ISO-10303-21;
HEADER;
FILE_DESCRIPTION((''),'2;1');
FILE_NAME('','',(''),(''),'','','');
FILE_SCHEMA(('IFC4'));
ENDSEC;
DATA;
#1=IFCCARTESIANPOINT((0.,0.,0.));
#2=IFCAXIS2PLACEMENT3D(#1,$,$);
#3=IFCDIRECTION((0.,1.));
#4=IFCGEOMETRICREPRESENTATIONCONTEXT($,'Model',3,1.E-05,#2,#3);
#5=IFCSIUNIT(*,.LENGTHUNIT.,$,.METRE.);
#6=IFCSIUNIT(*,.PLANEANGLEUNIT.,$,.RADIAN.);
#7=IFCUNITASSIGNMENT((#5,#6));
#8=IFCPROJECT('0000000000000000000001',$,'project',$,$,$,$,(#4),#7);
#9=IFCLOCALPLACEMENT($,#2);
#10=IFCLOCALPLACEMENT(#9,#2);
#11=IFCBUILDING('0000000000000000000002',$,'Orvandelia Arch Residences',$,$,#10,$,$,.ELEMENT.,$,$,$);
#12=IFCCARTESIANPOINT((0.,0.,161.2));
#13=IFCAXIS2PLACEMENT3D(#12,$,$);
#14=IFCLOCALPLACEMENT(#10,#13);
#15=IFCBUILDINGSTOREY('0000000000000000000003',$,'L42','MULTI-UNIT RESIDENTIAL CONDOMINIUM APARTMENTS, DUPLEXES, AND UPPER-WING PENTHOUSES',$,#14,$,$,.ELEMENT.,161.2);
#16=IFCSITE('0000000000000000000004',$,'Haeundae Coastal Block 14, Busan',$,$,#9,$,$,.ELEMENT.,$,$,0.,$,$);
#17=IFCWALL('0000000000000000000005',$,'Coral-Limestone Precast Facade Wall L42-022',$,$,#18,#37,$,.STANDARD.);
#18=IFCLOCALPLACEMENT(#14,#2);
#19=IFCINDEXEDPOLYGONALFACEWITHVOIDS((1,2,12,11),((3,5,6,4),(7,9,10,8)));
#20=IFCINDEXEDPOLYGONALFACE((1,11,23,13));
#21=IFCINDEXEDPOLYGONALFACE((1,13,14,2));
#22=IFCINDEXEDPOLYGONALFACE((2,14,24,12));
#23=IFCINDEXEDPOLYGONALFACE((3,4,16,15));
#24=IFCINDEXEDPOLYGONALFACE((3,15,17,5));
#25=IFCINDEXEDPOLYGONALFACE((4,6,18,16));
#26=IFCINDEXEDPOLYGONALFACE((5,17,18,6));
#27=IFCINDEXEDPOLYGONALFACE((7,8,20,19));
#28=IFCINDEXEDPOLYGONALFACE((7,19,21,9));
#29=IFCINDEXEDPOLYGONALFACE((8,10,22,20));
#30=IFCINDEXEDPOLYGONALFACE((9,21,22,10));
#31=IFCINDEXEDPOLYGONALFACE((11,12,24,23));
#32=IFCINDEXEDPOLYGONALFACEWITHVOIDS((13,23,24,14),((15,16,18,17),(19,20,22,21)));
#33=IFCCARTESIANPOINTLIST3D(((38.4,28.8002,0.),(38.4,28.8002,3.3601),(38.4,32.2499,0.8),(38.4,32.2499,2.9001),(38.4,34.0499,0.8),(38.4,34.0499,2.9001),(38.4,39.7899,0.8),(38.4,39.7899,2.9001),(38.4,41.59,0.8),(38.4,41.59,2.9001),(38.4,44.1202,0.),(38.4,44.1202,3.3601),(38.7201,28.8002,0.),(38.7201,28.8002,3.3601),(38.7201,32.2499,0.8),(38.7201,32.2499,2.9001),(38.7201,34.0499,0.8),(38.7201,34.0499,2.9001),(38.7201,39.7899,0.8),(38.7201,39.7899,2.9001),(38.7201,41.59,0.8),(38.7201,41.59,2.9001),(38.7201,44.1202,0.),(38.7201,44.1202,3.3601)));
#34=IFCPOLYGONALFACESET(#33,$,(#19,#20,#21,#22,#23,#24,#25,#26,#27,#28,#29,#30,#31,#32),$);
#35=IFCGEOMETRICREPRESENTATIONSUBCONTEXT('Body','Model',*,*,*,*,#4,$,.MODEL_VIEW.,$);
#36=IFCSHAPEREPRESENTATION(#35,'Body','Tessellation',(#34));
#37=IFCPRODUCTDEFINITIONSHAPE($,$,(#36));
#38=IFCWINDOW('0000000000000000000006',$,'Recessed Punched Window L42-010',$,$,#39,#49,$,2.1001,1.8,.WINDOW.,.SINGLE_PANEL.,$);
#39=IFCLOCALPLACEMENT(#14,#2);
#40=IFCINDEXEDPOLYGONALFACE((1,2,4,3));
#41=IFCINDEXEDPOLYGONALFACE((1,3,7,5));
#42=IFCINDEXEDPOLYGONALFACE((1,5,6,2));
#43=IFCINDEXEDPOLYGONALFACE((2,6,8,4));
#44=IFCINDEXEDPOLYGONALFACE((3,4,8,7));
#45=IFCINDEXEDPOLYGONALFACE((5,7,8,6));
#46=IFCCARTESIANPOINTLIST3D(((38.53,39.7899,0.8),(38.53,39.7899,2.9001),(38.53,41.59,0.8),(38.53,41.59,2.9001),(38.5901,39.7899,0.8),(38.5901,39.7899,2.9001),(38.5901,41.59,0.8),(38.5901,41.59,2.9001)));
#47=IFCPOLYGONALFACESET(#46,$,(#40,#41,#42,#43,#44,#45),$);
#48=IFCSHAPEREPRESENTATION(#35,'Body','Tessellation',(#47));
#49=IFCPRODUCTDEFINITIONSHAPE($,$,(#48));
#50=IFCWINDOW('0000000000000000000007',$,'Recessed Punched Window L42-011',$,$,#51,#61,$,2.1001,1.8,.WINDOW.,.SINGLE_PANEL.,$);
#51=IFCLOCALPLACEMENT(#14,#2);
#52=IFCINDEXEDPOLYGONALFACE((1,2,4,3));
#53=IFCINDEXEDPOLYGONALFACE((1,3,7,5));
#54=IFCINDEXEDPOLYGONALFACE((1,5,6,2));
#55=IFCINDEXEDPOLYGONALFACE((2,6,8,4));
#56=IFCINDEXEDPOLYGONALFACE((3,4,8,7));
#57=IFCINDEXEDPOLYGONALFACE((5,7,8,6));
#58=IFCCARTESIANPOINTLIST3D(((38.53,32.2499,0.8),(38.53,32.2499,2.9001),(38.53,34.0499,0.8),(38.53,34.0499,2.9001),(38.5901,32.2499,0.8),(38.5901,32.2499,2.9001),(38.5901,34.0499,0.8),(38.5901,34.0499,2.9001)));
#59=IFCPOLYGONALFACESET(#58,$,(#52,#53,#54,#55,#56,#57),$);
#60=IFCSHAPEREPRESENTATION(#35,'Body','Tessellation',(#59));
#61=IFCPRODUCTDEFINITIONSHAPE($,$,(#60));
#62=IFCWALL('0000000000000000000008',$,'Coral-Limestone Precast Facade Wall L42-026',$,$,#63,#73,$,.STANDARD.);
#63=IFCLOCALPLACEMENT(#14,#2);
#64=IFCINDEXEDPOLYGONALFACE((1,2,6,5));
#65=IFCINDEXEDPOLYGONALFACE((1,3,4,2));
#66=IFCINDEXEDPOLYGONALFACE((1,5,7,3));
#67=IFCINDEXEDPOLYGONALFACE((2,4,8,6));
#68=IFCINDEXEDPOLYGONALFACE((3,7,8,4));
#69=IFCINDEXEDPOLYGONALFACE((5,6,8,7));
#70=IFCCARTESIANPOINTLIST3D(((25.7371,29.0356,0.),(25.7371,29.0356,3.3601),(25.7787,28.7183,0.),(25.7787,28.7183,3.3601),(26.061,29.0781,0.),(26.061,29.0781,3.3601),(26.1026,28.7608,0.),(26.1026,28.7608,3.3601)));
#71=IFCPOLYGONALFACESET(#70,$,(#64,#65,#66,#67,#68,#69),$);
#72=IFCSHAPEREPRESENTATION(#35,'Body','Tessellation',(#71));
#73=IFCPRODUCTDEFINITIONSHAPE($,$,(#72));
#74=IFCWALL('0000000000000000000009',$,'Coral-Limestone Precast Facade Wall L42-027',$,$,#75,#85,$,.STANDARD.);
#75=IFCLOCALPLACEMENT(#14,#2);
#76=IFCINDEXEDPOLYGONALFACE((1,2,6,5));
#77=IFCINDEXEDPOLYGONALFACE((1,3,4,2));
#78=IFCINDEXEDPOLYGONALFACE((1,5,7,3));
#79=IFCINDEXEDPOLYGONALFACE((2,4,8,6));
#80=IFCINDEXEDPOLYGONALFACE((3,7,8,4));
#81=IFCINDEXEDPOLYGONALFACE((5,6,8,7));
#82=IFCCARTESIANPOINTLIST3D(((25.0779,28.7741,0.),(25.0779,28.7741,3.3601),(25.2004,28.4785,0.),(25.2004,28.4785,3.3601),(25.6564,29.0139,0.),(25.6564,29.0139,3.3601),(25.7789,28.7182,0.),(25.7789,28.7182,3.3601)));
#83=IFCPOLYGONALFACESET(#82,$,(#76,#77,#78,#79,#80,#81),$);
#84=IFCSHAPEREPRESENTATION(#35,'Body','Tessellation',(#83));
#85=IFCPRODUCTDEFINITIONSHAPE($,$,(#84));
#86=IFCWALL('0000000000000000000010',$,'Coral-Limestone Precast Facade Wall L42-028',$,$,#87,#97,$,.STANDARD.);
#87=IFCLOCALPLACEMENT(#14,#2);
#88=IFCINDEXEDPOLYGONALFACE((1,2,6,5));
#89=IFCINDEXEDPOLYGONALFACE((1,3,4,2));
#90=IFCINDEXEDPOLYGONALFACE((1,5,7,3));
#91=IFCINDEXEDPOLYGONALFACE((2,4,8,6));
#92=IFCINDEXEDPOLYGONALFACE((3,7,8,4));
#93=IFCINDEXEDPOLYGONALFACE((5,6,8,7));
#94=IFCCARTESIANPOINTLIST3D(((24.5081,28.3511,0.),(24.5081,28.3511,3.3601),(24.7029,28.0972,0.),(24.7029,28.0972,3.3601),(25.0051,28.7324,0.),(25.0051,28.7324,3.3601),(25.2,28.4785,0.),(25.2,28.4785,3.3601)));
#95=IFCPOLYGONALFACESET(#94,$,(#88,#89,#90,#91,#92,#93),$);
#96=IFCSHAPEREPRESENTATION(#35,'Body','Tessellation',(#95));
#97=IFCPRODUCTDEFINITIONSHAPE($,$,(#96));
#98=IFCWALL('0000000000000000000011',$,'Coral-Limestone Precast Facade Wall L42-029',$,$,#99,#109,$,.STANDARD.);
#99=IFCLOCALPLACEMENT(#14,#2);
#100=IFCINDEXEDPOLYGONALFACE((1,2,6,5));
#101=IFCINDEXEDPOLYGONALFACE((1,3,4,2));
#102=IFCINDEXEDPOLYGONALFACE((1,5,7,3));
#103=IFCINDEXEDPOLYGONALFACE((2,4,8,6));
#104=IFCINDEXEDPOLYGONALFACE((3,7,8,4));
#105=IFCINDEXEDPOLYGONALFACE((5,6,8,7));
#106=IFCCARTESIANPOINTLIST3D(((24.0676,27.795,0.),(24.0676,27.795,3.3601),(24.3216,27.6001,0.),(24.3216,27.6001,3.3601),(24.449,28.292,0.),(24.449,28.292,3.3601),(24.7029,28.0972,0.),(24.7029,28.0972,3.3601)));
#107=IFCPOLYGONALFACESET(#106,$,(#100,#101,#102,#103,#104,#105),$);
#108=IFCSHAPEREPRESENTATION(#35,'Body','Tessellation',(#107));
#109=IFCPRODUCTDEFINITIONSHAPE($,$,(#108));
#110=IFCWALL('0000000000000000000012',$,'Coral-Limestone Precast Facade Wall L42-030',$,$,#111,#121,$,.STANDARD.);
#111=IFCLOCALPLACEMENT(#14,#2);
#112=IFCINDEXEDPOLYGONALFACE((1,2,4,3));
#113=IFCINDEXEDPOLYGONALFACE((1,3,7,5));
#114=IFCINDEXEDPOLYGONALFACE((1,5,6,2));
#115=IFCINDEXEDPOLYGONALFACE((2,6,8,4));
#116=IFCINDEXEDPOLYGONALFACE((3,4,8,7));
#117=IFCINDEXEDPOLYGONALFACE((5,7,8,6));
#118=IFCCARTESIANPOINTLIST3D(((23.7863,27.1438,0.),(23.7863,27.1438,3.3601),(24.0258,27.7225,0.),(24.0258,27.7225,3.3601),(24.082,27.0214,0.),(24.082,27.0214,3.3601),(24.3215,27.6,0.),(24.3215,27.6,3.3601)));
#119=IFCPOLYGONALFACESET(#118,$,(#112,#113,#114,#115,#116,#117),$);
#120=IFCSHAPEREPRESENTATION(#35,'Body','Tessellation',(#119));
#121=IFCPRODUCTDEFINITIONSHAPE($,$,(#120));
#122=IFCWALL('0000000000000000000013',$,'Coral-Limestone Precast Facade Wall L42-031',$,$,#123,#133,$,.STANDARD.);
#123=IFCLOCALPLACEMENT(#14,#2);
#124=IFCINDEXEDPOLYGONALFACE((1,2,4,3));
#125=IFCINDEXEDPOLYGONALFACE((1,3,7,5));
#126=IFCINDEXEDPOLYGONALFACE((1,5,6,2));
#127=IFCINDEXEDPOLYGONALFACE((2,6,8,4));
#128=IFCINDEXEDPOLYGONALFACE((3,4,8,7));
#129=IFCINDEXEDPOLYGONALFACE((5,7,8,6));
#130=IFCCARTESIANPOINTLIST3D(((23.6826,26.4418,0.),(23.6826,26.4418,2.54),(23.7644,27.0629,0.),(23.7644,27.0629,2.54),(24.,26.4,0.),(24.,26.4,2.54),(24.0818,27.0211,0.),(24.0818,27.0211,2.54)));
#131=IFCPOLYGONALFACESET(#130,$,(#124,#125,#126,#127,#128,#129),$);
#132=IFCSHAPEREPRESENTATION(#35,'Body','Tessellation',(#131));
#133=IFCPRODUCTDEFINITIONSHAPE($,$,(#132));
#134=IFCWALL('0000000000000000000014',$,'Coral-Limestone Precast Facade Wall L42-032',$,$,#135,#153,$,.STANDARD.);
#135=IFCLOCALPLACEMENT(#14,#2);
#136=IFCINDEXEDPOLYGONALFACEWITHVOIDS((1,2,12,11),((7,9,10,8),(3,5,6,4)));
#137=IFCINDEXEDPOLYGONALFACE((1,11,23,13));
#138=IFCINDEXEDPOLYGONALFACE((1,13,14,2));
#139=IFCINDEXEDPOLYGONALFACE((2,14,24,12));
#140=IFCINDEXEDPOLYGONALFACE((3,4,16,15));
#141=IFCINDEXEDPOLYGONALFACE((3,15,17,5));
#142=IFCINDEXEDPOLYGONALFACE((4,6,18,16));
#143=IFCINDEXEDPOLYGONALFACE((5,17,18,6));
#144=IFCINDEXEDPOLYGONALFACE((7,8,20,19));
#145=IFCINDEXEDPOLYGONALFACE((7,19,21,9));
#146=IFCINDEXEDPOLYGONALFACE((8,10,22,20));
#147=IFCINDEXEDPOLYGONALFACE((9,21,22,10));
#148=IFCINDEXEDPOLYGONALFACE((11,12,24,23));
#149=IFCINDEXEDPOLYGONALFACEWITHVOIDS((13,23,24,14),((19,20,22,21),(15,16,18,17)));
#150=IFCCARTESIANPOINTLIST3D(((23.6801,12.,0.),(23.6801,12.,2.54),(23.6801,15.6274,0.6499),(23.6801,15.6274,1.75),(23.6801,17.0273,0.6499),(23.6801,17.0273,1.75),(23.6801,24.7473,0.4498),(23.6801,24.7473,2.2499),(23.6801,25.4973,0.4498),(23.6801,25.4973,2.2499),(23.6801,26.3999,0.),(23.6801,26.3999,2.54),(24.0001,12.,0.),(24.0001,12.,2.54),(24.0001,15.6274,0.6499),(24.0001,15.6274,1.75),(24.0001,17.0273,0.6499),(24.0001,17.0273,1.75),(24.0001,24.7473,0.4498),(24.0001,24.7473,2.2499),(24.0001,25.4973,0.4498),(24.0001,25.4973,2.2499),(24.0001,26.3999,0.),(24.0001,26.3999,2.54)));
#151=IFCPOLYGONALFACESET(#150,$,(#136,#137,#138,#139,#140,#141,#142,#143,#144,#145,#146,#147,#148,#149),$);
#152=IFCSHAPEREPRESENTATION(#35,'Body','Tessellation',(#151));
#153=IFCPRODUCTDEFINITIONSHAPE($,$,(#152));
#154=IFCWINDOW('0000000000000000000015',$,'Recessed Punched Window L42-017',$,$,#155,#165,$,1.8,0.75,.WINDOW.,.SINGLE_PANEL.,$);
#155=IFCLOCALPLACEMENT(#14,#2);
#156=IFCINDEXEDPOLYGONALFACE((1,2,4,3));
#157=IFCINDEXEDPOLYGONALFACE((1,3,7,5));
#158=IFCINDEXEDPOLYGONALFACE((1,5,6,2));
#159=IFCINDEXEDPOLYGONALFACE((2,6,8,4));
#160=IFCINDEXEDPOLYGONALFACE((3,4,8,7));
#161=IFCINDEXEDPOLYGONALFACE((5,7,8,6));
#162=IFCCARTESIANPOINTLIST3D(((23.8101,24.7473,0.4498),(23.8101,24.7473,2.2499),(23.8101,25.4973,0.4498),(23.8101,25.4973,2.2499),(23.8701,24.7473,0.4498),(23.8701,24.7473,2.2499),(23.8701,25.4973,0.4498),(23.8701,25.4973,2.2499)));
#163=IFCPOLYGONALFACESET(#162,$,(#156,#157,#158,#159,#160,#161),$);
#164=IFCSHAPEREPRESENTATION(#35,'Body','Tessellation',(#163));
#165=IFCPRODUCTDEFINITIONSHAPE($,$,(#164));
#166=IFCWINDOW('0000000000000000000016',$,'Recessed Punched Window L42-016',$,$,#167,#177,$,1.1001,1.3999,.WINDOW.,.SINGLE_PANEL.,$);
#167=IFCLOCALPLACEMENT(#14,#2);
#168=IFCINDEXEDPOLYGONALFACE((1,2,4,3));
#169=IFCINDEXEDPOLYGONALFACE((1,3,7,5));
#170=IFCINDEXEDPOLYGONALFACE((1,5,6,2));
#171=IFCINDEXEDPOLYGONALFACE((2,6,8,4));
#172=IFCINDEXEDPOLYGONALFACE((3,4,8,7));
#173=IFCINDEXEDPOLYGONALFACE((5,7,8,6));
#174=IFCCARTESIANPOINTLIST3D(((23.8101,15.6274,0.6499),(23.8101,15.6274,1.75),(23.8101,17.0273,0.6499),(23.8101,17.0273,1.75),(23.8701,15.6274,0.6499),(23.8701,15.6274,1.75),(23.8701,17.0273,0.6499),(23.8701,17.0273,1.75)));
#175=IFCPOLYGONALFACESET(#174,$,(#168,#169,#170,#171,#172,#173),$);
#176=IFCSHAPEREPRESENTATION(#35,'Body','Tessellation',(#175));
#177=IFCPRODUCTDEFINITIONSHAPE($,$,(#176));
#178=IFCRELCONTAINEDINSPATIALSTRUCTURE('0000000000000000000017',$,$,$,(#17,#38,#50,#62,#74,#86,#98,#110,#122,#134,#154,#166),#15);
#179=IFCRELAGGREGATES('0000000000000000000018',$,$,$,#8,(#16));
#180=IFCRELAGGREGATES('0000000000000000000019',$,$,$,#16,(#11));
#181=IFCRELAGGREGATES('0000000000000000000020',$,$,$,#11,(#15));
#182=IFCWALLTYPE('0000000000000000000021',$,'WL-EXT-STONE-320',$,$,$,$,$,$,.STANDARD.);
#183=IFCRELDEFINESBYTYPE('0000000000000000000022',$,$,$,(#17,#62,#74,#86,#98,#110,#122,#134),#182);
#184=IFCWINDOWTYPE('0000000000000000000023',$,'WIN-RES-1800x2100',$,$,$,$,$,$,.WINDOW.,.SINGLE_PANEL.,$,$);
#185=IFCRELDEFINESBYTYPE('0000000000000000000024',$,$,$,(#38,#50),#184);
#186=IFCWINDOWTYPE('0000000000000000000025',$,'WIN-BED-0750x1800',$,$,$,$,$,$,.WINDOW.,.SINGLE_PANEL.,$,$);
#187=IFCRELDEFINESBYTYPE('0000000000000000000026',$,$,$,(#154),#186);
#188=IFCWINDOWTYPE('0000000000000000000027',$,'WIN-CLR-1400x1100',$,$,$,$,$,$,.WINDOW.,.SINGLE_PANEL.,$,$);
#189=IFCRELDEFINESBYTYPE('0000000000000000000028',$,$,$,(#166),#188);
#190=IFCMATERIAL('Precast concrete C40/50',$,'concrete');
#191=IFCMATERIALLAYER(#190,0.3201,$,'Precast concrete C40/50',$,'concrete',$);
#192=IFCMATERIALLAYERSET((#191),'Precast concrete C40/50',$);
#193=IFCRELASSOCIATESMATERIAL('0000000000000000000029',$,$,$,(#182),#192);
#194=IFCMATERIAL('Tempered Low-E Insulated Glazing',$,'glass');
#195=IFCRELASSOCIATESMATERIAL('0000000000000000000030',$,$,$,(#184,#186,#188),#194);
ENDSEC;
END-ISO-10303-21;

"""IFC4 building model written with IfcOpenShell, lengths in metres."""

from ifc_helpers import new_model, si_unit, direction, frame, frame_2d, origin, place, context, subcontext, project, spatial, rectangle, extrude, material, layer, layer_set, type_object, element, fill, save


model = new_model("IFC4")

# Units and contexts
model_context = context("Model", 3, precision=1e-05, world=origin(), true_north=direction((0.0, 1.0)))
body_context = subcontext(model_context, "Body", "Model", "MODEL_VIEW")
ifc_project = project(units=[si_unit("LENGTHUNIT", "METRE"), si_unit("PLANEANGLEUNIT", "RADIAN")], contexts=[model_context])

# Site, building, storey
site_placement = place(None, origin())
site = spatial("IfcSite", under=ifc_project, at=site_placement, Name="Haeundae Coastal Block 14, Busan", CompositionType="ELEMENT", RefElevation=0.0)
building_placement = place(site_placement, origin())
building = spatial("IfcBuilding", under=site, at=building_placement, Name="Orvandelia Arch Residences", CompositionType="ELEMENT")
storey_placement = place(building_placement, frame((0.0, 0.0, 161.2)))
storey = spatial("IfcBuildingStorey", under=building, at=storey_placement, Name="L42", Description="MULTI-UNIT RESIDENTIAL CONDOMINIUM APARTMENTS, DUPLEXES, AND UPPER-WING PENTHOUSES", CompositionType="ELEMENT", Elevation=161.2)

# Wall, openings, windows
ifc_material_1 = material(Name="Precast concrete C40/50", Category="concrete")
ifc_layer = layer(ifc_material_1, 0.3201, Name="Precast concrete C40/50", Category="concrete")
ifc_layer_set = layer_set([ifc_layer], Name="Precast concrete C40/50")
wall_type = type_object("IfcWallType", Name="WL-EXT-STONE-320", PredefinedType="STANDARD", material=ifc_layer_set)
wall_1_placement = place(storey_placement, frame((38.5601, 28.8, 0.0), z_axis=(0.0, 0.0, 1.0), x_axis=(0.0, 1.0, 0.0)))
wall_1 = element("IfcWall", 1, at=wall_1_placement, inside=storey, type_object=wall_type, Name="Coral-Limestone Precast Facade Wall L42-022", PredefinedType="STANDARD", context=body_context, shape_type="SweptSolid", body=[
    extrude(rectangle(XDim=15.3201, YDim=0.3201, at=frame_2d((7.6602, 0.0))), origin(), (0.0, 0.0, 1.0), 3.3601),
])
opening_1_placement = place(wall_1_placement, frame((10.99, 0.0, 0.8)))
opening_1 = element("IfcOpeningElement", 2, at=opening_1_placement, cuts=wall_1, PredefinedType="OPENING", context=body_context, shape_type="SweptSolid", body=[
    extrude(rectangle(XDim=1.8, YDim=2.1001, at=frame_2d((0.8999, 1.05))), frame((0.0, 0.1699, 0.0), z_axis=(0.0, -1.0, 0.0), x_axis=(1.0, 0.0, 0.0)), (0.0, 0.0, 1.0), 0.3401),
])
opening_2_placement = place(wall_1_placement, frame((3.45, 0.0, 0.8)))
opening_2 = element("IfcOpeningElement", 3, at=opening_2_placement, cuts=wall_1, PredefinedType="OPENING", context=body_context, shape_type="SweptSolid", body=[
    extrude(rectangle(XDim=1.8, YDim=2.1001, at=frame_2d((0.8999, 1.05))), frame((0.0, 0.1699, 0.0), z_axis=(0.0, -1.0, 0.0), x_axis=(1.0, 0.0, 0.0)), (0.0, 0.0, 1.0), 0.3401),
])
ifc_material_2 = material(Name="Tempered Low-E Insulated Glazing", Category="glass")
window_type_1 = type_object("IfcWindowType", Name="WIN-RES-1800x2100", PartitioningType="SINGLE_PANEL", PredefinedType="WINDOW", material=ifc_material_2)
window_1_placement = place(opening_1_placement, origin())
window_1 = element("IfcWindow", 4, at=window_1_placement, inside=storey, type_object=window_type_1, Name="Recessed Punched Window L42-010", OverallHeight=2.1001, OverallWidth=1.8, PartitioningType="SINGLE_PANEL", PredefinedType="WINDOW", context=body_context, shape_type="SweptSolid", body=[
    extrude(rectangle(XDim=1.8, YDim=2.1001, at=frame_2d((0.8999, 1.05))), frame((0.0, 0.03, 0.0), z_axis=(0.0, -1.0, 0.0), x_axis=(1.0, 0.0, 0.0)), (0.0, 0.0, 1.0), 0.0601),
])
fill(opening_1, window_1)
window_2_placement = place(opening_2_placement, origin())
window_2 = element("IfcWindow", 5, at=window_2_placement, inside=storey, type_object=window_type_1, Name="Recessed Punched Window L42-011", OverallHeight=2.1001, OverallWidth=1.8, PartitioningType="SINGLE_PANEL", PredefinedType="WINDOW", context=body_context, shape_type="SweptSolid", body=[
    extrude(rectangle(XDim=1.8, YDim=2.1001, at=frame_2d((0.8999, 1.05))), frame((0.0, 0.03, 0.0), z_axis=(0.0, -1.0, 0.0), x_axis=(1.0, 0.0, 0.0)), (0.0, 0.0, 1.0), 0.0601),
])
fill(opening_2, window_2)

# Walls
wall_2_placement = place(storey_placement, frame((26.0818, 28.9194, 0.0), z_axis=(0.0, 0.0, 1.0), x_axis=(-0.991513, -0.13001, 0.0)))
element("IfcWall", 6, at=wall_2_placement, inside=storey, type_object=wall_type, Name="Coral-Limestone Precast Facade Wall L42-026", PredefinedType="STANDARD", context=body_context, shape_type="SweptSolid", body=[
    extrude(rectangle(XDim=0.3267, YDim=0.3201, at=frame_2d((0.1633, 0.0))), origin(), (0.0, 0.0, 1.0), 3.3601),
])
wall_3_placement = place(storey_placement, frame((25.7175, 28.866, 0.0), z_axis=(0.0, 0.0, 1.0), x_axis=(-0.923836, -0.382788, 0.0)))
element("IfcWall", 7, at=wall_3_placement, inside=storey, type_object=wall_type, Name="Coral-Limestone Precast Facade Wall L42-027", PredefinedType="STANDARD", context=body_context, shape_type="SweptSolid", body=[
    extrude(rectangle(XDim=0.6262, YDim=0.3201, at=frame_2d((0.313, 0.0))), origin(), (0.0, 0.0, 1.0), 3.3601),
])
for number, where, z_axis, x_axis, name in (
    (8, (25.1025, 28.6055, 0.0), (0.0, 0.0, 1.0), (-0.793406, -0.608693, 0.0), "Coral-Limestone Precast Facade Wall L42-028"),
    (9, (24.5759, 28.1946, 0.0), (0.0, 0.0, 1.0), (-0.608693, -0.793406, 0.0), "Coral-Limestone Precast Facade Wall L42-029"),
):
    element("IfcWall", number, at=place(storey_placement, frame(where, z_axis=z_axis, x_axis=x_axis)), inside=storey, type_object=wall_type, Name=name, PredefinedType="STANDARD", context=body_context, shape_type="SweptSolid", body=[
        extrude(rectangle(XDim=0.6265, YDim=0.3201, at=frame_2d((0.3132, 0.0))), origin(), (0.0, 0.0, 1.0), 3.3601),
    ])
wall_4_placement = place(storey_placement, frame((24.1736, 27.6611, 0.0), z_axis=(0.0, 0.0, 1.0), x_axis=(-0.382455, -0.923974, 0.0)))
element("IfcWall", 10, at=wall_4_placement, inside=storey, type_object=wall_type, Name="Coral-Limestone Precast Facade Wall L42-030", PredefinedType="STANDARD", context=body_context, shape_type="SweptSolid", body=[
    extrude(rectangle(XDim=0.6262, YDim=0.3201, at=frame_2d((0.313, 0.0))), origin(), (0.0, 0.0, 1.0), 3.3601),
])
wall_5_placement = place(storey_placement, frame((23.9231, 27.042, 0.0), z_axis=(0.0, 0.0, 1.0), x_axis=(-0.130555, -0.991441, 0.0)))
element("IfcWall", 11, at=wall_5_placement, inside=storey, type_object=wall_type, Name="Coral-Limestone Precast Facade Wall L42-031", PredefinedType="STANDARD", context=body_context, shape_type="SweptSolid", body=[
    extrude(rectangle(XDim=0.6265, YDim=0.3201, at=frame_2d((0.3132, 0.0))), origin(), (0.0, 0.0, 1.0), 2.54),
])

# Wall, openings, windows
wall_6_placement = place(storey_placement, frame((23.8401, 26.3999, 0.0), z_axis=(0.0, 0.0, 1.0), x_axis=(0.0, -1.0, 0.0)))
wall_6 = element("IfcWall", 12, at=wall_6_placement, inside=storey, type_object=wall_type, Name="Coral-Limestone Precast Facade Wall L42-032", PredefinedType="STANDARD", context=body_context, shape_type="SweptSolid", body=[
    extrude(rectangle(XDim=14.3999, YDim=0.3201, at=frame_2d((7.2, 0.0))), origin(), (0.0, 0.0, 1.0), 2.54),
])
opening_3_placement = place(wall_6_placement, frame((9.3726, 0.0, 0.6499)))
opening_3 = element("IfcOpeningElement", 13, at=opening_3_placement, cuts=wall_6, PredefinedType="OPENING", context=body_context, shape_type="SweptSolid", body=[
    extrude(rectangle(XDim=1.3999, YDim=1.1001, at=frame_2d((0.7, 0.55))), frame((0.0, 0.1699, 0.0), z_axis=(0.0, -1.0, 0.0), x_axis=(1.0, 0.0, 0.0)), (0.0, 0.0, 1.0), 0.3401),
])
opening_4_placement = place(wall_6_placement, frame((0.9026, 0.0, 0.45)))
opening_4 = element("IfcOpeningElement", 14, at=opening_4_placement, cuts=wall_6, PredefinedType="OPENING", context=body_context, shape_type="SweptSolid", body=[
    extrude(rectangle(XDim=0.75, YDim=1.8, at=frame_2d((0.375, 0.8999))), frame((0.0, 0.1699, 0.0), z_axis=(0.0, -1.0, 0.0), x_axis=(1.0, 0.0, 0.0)), (0.0, 0.0, 1.0), 0.3401),
])
window_type_2 = type_object("IfcWindowType", Name="WIN-BED-0750x1800", PartitioningType="SINGLE_PANEL", PredefinedType="WINDOW", material=ifc_material_2)
window_3_placement = place(opening_4_placement, origin())
window_3 = element("IfcWindow", 15, at=window_3_placement, inside=storey, type_object=window_type_2, Name="Recessed Punched Window L42-017", OverallHeight=1.8, OverallWidth=0.75, PartitioningType="SINGLE_PANEL", PredefinedType="WINDOW", context=body_context, shape_type="SweptSolid", body=[
    extrude(rectangle(XDim=0.75, YDim=1.8, at=frame_2d((0.375, 0.8999))), frame((0.0, 0.03, 0.0), z_axis=(0.0, -1.0, 0.0), x_axis=(1.0, 0.0, 0.0)), (0.0, 0.0, 1.0), 0.0601),
])
fill(opening_4, window_3)
window_type_3 = type_object("IfcWindowType", Name="WIN-CLR-1400x1100", PartitioningType="SINGLE_PANEL", PredefinedType="WINDOW", material=ifc_material_2)
window_4_placement = place(opening_3_placement, origin())
window_4 = element("IfcWindow", 16, at=window_4_placement, inside=storey, type_object=window_type_3, Name="Recessed Punched Window L42-016", OverallHeight=1.1001, OverallWidth=1.3999, PartitioningType="SINGLE_PANEL", PredefinedType="WINDOW", context=body_context, shape_type="SweptSolid", body=[
    extrude(rectangle(XDim=1.3999, YDim=1.1001, at=frame_2d((0.7, 0.55))), frame((0.0, 0.03, 0.0), z_axis=(0.0, -1.0, 0.0), x_axis=(1.0, 0.0, 0.0)), (0.0, 0.0, 1.0), 0.0601),
])
fill(opening_3, window_4)

save(model, "model.ifc")
